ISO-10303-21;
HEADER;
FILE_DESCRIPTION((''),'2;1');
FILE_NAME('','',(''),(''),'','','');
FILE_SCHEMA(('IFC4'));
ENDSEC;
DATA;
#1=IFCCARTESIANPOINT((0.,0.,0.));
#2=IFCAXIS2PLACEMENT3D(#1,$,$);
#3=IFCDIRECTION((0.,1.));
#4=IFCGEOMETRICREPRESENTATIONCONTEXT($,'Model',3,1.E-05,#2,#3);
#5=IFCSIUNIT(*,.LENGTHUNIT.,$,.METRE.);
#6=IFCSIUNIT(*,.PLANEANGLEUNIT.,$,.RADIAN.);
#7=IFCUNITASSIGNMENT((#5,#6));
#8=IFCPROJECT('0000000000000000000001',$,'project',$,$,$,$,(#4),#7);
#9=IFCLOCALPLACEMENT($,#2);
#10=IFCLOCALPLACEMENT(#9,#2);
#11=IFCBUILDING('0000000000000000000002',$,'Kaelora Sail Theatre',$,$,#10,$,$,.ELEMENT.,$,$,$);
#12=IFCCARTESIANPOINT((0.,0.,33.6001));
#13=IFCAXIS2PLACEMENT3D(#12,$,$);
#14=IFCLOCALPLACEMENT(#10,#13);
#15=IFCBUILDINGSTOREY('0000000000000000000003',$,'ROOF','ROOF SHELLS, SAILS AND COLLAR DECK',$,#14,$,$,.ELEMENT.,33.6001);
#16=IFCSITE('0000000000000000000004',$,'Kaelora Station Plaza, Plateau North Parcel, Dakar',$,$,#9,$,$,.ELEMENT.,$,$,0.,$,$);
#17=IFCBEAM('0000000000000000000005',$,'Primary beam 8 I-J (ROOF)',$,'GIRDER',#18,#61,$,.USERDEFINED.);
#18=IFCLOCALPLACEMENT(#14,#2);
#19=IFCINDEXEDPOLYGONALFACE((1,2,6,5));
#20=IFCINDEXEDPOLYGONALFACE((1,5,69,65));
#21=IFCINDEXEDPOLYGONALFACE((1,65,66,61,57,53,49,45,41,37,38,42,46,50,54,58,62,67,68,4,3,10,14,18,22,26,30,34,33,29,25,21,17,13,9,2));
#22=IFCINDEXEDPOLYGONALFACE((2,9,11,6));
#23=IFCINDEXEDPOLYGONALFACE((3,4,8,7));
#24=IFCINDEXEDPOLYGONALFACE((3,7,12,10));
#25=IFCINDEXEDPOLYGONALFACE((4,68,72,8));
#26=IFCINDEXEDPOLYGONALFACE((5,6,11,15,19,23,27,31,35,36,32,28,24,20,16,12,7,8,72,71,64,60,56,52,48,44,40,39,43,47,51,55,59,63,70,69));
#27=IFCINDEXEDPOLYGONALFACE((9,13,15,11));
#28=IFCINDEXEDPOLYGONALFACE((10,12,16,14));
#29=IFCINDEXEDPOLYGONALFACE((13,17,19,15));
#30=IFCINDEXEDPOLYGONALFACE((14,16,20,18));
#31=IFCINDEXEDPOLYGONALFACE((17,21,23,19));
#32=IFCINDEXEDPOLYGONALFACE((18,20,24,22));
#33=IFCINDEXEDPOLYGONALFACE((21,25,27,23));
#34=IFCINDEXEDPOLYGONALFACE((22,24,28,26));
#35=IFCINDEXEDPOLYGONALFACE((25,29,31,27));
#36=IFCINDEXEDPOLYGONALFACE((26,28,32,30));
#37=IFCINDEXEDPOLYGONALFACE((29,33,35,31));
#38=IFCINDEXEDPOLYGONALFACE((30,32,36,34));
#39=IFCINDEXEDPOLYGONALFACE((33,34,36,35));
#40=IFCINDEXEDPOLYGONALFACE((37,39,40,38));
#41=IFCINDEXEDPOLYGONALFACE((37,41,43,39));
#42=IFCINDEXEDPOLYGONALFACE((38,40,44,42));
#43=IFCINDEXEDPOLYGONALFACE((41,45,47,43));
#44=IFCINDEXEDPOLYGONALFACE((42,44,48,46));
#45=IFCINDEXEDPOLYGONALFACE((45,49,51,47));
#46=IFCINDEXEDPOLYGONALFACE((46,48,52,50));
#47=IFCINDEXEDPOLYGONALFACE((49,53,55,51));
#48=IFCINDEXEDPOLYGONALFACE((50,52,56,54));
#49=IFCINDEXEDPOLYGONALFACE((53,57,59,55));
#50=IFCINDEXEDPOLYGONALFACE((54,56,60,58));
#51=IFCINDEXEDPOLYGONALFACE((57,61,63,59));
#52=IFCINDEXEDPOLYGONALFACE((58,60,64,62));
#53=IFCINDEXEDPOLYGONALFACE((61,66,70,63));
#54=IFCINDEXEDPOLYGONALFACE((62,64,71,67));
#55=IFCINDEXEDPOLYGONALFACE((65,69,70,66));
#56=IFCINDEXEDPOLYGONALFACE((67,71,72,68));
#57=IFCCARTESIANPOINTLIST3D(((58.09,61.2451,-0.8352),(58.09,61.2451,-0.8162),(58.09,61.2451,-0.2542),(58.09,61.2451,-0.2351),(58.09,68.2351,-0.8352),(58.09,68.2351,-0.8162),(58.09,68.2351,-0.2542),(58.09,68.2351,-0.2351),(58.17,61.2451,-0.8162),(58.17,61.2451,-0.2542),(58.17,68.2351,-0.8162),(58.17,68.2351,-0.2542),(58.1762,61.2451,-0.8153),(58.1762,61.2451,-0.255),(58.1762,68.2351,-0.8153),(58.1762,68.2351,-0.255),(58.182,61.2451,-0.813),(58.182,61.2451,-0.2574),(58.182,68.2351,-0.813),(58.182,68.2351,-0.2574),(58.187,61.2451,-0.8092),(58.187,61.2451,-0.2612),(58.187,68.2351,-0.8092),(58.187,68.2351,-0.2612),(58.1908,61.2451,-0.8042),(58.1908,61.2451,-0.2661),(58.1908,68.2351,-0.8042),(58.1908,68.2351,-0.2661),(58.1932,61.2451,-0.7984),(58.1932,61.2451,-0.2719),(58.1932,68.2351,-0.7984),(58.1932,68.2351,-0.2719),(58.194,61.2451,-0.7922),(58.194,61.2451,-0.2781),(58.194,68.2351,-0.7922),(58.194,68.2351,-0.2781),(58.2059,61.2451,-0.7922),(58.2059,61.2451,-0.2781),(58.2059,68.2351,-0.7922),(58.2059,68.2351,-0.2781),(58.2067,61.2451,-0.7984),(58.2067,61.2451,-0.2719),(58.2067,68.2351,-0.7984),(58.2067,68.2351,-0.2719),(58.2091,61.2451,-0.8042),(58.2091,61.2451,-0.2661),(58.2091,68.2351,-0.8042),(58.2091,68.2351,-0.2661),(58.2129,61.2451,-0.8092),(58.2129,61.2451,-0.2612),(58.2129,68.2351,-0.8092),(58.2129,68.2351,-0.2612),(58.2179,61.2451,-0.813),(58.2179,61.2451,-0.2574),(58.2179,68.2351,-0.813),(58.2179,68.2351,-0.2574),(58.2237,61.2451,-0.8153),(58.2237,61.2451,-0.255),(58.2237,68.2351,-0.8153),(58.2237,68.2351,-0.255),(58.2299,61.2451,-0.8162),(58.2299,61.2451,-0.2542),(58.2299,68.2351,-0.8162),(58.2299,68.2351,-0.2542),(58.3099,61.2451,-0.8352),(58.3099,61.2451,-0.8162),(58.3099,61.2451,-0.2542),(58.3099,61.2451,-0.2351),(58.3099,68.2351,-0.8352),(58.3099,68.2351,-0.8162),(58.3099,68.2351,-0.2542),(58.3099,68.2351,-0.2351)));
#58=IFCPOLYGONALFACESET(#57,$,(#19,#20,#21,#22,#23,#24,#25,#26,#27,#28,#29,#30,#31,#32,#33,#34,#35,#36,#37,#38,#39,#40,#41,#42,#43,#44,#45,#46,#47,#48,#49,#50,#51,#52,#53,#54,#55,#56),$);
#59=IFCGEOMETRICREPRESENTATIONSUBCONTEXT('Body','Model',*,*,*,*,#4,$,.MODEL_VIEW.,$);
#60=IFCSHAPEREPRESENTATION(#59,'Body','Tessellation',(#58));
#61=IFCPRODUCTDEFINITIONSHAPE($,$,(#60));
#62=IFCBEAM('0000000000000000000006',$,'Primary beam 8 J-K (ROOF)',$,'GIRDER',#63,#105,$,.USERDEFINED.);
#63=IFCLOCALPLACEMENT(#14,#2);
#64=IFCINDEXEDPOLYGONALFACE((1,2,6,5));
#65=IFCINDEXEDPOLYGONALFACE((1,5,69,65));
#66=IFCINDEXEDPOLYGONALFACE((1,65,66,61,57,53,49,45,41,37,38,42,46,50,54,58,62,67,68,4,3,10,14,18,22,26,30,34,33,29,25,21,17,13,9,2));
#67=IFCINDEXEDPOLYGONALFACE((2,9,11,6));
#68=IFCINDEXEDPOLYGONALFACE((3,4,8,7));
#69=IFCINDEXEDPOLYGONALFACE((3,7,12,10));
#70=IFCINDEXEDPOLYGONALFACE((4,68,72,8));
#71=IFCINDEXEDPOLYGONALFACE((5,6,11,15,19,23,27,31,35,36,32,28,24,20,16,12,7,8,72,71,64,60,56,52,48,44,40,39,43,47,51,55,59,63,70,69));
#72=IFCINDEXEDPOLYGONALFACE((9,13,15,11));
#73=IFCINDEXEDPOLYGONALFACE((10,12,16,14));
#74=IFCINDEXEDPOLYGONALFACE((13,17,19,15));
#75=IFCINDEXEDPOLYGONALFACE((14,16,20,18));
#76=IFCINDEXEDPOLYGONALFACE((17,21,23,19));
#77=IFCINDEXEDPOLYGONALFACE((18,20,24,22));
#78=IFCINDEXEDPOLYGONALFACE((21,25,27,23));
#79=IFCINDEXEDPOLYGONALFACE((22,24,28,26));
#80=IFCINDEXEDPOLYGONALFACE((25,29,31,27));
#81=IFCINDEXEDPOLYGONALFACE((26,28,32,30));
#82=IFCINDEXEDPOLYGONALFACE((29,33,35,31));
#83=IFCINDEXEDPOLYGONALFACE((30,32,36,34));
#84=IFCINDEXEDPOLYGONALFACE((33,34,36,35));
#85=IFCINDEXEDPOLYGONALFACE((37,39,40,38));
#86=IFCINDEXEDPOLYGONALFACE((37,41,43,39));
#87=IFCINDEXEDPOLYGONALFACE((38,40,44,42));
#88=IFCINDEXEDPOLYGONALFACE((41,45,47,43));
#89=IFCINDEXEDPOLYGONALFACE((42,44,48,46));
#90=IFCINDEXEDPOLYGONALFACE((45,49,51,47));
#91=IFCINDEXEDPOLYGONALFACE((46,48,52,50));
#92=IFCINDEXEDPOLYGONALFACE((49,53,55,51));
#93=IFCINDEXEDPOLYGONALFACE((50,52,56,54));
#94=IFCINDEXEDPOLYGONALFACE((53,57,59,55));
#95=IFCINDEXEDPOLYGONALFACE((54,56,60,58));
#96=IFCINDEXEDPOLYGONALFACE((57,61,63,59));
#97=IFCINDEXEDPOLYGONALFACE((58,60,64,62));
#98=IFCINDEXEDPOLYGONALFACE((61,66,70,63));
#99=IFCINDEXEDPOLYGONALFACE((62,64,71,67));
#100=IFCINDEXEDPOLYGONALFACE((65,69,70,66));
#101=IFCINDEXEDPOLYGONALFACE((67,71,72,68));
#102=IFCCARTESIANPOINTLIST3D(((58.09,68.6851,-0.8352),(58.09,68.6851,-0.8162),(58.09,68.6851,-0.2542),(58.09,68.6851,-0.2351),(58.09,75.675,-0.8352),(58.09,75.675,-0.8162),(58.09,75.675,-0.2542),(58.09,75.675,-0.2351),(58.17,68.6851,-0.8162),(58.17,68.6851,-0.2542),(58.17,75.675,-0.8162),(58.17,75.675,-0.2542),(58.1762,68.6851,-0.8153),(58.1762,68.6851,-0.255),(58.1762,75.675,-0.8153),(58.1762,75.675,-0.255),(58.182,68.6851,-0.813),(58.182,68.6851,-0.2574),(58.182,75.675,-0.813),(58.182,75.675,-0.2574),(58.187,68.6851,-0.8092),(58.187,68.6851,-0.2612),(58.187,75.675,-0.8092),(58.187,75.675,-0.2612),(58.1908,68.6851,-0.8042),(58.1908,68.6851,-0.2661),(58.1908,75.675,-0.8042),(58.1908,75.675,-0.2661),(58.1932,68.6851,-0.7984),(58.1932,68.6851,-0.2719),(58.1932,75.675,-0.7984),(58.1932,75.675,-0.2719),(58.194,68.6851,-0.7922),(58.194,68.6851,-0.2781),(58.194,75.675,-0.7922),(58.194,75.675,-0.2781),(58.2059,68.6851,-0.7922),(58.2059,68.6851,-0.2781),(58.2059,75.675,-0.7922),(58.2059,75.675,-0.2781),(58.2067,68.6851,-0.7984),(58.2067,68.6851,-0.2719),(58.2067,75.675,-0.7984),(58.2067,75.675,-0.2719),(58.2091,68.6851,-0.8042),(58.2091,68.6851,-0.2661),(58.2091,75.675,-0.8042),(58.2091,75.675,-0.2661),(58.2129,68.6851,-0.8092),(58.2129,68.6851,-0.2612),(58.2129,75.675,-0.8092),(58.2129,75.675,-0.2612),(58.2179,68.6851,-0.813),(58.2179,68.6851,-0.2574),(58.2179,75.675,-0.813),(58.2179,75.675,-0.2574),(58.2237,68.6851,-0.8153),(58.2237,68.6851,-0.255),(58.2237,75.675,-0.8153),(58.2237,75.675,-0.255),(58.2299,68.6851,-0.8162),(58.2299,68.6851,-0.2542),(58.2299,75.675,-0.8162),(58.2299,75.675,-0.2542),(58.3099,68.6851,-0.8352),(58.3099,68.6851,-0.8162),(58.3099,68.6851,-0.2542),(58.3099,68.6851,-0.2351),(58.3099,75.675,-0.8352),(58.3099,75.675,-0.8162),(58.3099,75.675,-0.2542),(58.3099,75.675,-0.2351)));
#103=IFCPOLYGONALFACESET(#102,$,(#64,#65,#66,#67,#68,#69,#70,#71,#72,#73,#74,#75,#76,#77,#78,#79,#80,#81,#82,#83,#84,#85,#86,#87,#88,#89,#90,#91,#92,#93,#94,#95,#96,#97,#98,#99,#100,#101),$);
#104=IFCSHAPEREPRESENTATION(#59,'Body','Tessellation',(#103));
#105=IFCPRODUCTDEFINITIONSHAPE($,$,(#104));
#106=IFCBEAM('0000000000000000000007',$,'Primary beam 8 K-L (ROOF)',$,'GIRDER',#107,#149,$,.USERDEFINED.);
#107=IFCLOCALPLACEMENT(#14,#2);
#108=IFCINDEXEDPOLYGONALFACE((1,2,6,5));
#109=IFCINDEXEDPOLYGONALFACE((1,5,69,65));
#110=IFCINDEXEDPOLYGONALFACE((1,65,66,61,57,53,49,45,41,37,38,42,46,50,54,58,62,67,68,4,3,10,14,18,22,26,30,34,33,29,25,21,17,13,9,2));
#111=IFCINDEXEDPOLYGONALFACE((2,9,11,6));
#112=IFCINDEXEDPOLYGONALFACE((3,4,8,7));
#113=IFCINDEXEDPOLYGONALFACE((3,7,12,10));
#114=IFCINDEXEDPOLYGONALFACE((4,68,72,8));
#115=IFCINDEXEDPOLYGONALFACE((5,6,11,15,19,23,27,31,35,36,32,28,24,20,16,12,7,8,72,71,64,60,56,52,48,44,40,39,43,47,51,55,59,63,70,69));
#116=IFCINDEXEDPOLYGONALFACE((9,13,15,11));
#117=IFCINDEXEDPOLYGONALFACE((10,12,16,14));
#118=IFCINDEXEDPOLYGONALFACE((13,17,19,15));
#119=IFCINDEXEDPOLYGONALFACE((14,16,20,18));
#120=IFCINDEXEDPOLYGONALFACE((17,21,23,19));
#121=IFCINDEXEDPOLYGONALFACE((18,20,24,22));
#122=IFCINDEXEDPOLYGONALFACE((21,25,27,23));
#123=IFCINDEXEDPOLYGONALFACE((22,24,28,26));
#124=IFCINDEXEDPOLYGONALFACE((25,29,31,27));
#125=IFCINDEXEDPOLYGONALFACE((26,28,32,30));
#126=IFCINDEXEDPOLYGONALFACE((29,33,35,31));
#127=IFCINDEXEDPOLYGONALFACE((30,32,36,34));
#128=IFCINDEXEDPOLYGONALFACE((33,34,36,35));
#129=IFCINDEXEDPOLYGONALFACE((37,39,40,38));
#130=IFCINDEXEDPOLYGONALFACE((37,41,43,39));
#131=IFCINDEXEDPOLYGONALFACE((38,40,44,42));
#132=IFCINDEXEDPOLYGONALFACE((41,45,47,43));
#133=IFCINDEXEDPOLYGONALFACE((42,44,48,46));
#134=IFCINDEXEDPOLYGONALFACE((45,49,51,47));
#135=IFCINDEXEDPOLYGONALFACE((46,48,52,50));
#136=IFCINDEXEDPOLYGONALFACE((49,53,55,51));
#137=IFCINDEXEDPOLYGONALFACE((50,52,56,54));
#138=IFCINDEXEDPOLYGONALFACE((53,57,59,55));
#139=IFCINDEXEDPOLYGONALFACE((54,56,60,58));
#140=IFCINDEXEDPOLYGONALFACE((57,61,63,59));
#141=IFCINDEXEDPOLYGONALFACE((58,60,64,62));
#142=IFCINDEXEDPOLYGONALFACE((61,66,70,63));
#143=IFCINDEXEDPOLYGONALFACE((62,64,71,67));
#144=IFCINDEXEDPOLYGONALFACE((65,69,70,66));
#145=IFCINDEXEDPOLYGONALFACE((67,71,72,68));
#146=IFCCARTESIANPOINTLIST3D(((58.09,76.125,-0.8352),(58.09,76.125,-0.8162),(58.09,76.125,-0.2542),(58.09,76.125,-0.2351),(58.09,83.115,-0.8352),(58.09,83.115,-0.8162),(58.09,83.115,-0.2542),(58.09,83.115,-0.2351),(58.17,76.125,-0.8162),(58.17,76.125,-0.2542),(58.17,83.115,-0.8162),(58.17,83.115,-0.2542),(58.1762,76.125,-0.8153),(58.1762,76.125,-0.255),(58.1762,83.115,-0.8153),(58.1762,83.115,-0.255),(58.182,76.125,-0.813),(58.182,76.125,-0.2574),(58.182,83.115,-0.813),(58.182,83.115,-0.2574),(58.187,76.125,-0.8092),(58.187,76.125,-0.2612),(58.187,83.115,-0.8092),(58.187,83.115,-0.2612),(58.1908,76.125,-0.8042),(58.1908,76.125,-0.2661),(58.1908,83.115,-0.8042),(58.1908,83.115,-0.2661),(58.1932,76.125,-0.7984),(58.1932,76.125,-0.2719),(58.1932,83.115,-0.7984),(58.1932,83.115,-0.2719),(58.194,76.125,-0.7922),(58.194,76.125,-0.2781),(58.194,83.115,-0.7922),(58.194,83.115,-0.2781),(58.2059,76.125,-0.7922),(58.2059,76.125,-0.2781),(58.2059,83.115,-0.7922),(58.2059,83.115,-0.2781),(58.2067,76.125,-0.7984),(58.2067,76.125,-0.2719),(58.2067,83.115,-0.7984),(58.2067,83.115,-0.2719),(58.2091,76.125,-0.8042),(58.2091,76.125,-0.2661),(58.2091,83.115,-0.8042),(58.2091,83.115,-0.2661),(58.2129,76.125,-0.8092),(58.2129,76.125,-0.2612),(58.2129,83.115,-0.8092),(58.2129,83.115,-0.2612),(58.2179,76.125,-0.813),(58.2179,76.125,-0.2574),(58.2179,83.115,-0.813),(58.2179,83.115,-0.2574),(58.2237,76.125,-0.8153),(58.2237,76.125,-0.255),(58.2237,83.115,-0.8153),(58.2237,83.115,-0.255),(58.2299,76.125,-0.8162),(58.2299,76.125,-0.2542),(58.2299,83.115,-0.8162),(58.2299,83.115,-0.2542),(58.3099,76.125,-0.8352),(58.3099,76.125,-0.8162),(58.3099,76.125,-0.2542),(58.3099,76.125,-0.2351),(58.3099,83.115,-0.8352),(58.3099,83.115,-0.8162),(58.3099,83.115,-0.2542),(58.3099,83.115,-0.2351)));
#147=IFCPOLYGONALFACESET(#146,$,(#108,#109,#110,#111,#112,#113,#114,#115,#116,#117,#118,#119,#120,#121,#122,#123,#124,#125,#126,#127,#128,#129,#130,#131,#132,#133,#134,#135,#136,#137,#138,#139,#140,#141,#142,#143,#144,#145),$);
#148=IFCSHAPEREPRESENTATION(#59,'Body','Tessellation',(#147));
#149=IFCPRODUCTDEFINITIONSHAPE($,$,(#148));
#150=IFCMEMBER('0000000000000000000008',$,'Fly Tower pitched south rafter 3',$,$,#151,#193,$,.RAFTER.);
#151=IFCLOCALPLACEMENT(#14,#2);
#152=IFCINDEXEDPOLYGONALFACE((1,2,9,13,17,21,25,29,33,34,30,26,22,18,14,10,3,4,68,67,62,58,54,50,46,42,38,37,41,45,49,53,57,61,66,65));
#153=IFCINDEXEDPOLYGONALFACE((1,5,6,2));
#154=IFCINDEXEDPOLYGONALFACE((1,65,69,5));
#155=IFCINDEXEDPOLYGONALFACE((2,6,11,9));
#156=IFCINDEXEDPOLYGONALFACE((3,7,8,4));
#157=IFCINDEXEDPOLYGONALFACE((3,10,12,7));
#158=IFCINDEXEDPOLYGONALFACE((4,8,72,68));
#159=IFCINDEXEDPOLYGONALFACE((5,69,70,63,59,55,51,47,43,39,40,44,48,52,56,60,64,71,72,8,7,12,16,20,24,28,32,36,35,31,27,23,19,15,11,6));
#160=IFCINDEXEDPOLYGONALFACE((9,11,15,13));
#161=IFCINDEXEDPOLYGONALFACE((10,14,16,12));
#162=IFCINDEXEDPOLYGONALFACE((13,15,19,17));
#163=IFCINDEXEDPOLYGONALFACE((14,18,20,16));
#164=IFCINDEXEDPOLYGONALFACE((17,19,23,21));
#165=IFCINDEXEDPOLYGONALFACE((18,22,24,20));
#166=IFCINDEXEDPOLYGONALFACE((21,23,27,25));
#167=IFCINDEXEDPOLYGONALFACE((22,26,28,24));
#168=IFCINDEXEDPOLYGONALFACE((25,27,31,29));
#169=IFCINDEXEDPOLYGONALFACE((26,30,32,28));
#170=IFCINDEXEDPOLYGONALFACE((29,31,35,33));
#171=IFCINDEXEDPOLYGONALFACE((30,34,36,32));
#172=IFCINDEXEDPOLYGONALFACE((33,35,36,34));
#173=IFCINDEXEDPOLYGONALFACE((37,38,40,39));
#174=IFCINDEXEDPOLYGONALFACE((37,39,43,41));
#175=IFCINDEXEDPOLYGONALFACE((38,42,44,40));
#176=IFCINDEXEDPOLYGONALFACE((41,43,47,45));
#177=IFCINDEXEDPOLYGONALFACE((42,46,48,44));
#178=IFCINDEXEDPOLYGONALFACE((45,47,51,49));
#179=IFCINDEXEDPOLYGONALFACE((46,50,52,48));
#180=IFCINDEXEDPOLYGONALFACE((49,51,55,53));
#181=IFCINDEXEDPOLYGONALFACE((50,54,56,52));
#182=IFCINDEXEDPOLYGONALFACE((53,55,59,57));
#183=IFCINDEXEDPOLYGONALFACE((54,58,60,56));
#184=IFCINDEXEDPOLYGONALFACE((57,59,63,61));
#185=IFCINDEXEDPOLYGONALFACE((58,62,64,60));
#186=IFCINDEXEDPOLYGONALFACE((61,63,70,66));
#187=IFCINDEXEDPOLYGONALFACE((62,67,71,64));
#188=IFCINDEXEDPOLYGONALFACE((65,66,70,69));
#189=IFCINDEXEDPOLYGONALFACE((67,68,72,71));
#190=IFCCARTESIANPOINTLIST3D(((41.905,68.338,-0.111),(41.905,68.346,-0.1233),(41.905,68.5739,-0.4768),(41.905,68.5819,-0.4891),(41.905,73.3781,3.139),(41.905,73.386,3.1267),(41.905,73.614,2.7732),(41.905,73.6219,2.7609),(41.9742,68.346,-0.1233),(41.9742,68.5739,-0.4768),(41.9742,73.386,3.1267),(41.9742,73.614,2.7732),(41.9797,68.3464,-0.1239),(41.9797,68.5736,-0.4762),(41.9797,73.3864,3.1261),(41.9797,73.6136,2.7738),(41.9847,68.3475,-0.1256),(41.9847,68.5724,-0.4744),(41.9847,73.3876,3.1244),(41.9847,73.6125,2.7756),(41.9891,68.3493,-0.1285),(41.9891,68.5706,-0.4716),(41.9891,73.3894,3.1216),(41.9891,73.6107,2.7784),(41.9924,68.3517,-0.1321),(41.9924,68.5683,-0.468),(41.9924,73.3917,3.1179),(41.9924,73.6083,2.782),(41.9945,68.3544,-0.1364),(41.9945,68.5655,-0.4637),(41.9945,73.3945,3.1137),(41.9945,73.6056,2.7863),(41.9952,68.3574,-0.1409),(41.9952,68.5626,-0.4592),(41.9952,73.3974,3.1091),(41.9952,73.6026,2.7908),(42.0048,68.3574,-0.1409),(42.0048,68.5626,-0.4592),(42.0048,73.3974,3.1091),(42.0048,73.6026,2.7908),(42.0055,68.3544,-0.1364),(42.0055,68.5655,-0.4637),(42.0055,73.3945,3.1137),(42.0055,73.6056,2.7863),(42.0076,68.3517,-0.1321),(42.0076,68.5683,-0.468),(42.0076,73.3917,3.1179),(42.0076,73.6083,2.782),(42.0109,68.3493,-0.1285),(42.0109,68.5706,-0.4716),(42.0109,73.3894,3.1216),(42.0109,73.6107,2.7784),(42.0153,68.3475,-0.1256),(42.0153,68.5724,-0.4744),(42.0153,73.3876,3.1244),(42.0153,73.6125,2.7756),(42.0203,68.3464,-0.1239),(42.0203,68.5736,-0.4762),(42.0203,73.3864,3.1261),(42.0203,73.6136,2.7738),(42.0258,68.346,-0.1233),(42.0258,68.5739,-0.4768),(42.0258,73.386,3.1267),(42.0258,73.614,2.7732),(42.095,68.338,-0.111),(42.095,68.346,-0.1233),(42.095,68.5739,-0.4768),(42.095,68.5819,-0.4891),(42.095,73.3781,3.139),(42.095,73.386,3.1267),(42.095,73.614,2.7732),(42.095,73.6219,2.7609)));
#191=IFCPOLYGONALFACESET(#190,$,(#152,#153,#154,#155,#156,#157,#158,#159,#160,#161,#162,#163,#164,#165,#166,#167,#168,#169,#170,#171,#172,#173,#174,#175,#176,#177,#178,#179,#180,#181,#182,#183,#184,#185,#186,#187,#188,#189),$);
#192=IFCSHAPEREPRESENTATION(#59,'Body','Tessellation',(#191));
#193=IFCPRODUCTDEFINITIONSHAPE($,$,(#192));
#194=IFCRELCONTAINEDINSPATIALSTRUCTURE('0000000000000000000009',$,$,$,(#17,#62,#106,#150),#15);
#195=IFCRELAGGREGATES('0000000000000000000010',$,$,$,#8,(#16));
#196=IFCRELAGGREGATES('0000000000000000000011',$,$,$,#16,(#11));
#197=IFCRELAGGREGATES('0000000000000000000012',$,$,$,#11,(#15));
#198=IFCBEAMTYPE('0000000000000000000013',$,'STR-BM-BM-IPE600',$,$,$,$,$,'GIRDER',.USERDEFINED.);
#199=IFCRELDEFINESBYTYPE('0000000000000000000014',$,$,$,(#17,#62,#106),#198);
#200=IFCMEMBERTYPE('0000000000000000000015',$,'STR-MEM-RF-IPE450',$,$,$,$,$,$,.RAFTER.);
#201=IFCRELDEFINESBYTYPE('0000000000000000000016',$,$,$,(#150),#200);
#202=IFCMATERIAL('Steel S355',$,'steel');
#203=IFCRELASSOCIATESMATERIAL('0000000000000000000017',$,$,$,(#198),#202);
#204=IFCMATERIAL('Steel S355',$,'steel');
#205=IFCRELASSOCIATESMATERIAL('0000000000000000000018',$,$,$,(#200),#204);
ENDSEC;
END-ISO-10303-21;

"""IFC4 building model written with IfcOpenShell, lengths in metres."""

from ifc_helpers import new_model, si_unit, direction, frame, origin, origin_2d, place, context, subcontext, project, spatial, i_section, extrude, material, material_profile, profile_set, type_object, element, save


model = new_model("IFC4")

# Units and contexts
model_context = context("Model", 3, precision=1e-05, world=origin(), true_north=direction((0.0, 1.0)))
body_context = subcontext(model_context, "Body", "Model", "MODEL_VIEW")
ifc_project = project(units=[si_unit("LENGTHUNIT", "METRE"), si_unit("PLANEANGLEUNIT", "RADIAN")], contexts=[model_context])

# Site, building, storey
site_placement = place(None, origin())
site = spatial("IfcSite", under=ifc_project, at=site_placement, Name="Kaelora Station Plaza, Plateau North Parcel, Dakar", CompositionType="ELEMENT", RefElevation=0.0)
building_placement = place(site_placement, origin())
building = spatial("IfcBuilding", under=site, at=building_placement, Name="Kaelora Sail Theatre", CompositionType="ELEMENT")
storey_placement = place(building_placement, frame((0.0, 0.0, 33.6001)))
storey = spatial("IfcBuildingStorey", under=building, at=storey_placement, Name="ROOF", Description="ROOF SHELLS, SAILS AND COLLAR DECK", CompositionType="ELEMENT", Elevation=33.6001)

# Beams
ifc_material_1 = material(Name="Steel S355", Category="steel")
ifc_material_profile_1 = material_profile(ifc_material_1, i_section(OverallWidth=0.22, OverallDepth=0.6001, WebThickness=0.012, FlangeThickness=0.019, FilletRadius=0.0239, at=origin_2d()), Name="IPE 600")
ifc_profile_set_1 = profile_set([ifc_material_profile_1], Name="Steel S355")
beam_type_1 = type_object("IfcBeamType", Name="STR-BM-BM-IPE600", ElementType="GIRDER", PredefinedType="USERDEFINED", material=ifc_profile_set_1)
for number, where, z_axis, x_axis, name in (
    (1, (58.2, 61.2451, -0.5352), (0.0, 1.0, 0.0), (-1.0, 0.0, 0.0), "Primary beam 8 I-J (ROOF)"),
    (2, (58.2, 68.6851, -0.5352), (0.0, 1.0, 0.0), (-1.0, 0.0, 0.0), "Primary beam 8 J-K (ROOF)"),
    (3, (58.2, 76.125, -0.5352), (0.0, 1.0, 0.0), (-1.0, 0.0, 0.0), "Primary beam 8 K-L (ROOF)"),
):
    element("IfcBeam", number, at=place(storey_placement, frame(where, z_axis=z_axis, x_axis=x_axis)), inside=storey, type_object=beam_type_1, Name=name, ObjectType="GIRDER", PredefinedType="USERDEFINED", context=body_context, shape_type="SweptSolid", body=[
        extrude(i_section(OverallWidth=0.22, OverallDepth=0.6001, WebThickness=0.012, FlangeThickness=0.019, FilletRadius=0.0239, at=origin_2d()), origin(), (0.0, 0.0, 1.0), 6.99),
    ])

# Member
ifc_material_2 = material(Name="Steel S355", Category="steel")
ifc_material_profile_2 = material_profile(ifc_material_2, i_section(OverallWidth=0.1899, OverallDepth=0.45, WebThickness=0.0095, FlangeThickness=0.0146, FilletRadius=0.021, at=origin_2d()), Name="IPE 450")
ifc_profile_set_2 = profile_set([ifc_material_profile_2], Name="Steel S355")
member_type_1 = type_object("IfcMemberType", Name="STR-MEM-RF-IPE450", PredefinedType="RAFTER", material=ifc_profile_set_2)
for number, where, z_axis, x_axis, name in (
    (4, (42.0, 68.46, -0.3), (0.0, 0.840421, 0.541934), (-1.0, 0.0, 0.0), "Fly Tower pitched south rafter 3"),
):
    element("IfcMember", number, at=place(storey_placement, frame(where, z_axis=z_axis, x_axis=x_axis)), inside=storey, type_object=member_type_1, Name=name, PredefinedType="RAFTER", context=body_context, shape_type="SweptSolid", body=[
        extrude(i_section(OverallWidth=0.1899, OverallDepth=0.45, WebThickness=0.0095, FlangeThickness=0.0146, FilletRadius=0.021, at=origin_2d()), origin(), (0.0, 0.0, 1.0), 5.9971),
    ])

save(model, "model.ifc")
